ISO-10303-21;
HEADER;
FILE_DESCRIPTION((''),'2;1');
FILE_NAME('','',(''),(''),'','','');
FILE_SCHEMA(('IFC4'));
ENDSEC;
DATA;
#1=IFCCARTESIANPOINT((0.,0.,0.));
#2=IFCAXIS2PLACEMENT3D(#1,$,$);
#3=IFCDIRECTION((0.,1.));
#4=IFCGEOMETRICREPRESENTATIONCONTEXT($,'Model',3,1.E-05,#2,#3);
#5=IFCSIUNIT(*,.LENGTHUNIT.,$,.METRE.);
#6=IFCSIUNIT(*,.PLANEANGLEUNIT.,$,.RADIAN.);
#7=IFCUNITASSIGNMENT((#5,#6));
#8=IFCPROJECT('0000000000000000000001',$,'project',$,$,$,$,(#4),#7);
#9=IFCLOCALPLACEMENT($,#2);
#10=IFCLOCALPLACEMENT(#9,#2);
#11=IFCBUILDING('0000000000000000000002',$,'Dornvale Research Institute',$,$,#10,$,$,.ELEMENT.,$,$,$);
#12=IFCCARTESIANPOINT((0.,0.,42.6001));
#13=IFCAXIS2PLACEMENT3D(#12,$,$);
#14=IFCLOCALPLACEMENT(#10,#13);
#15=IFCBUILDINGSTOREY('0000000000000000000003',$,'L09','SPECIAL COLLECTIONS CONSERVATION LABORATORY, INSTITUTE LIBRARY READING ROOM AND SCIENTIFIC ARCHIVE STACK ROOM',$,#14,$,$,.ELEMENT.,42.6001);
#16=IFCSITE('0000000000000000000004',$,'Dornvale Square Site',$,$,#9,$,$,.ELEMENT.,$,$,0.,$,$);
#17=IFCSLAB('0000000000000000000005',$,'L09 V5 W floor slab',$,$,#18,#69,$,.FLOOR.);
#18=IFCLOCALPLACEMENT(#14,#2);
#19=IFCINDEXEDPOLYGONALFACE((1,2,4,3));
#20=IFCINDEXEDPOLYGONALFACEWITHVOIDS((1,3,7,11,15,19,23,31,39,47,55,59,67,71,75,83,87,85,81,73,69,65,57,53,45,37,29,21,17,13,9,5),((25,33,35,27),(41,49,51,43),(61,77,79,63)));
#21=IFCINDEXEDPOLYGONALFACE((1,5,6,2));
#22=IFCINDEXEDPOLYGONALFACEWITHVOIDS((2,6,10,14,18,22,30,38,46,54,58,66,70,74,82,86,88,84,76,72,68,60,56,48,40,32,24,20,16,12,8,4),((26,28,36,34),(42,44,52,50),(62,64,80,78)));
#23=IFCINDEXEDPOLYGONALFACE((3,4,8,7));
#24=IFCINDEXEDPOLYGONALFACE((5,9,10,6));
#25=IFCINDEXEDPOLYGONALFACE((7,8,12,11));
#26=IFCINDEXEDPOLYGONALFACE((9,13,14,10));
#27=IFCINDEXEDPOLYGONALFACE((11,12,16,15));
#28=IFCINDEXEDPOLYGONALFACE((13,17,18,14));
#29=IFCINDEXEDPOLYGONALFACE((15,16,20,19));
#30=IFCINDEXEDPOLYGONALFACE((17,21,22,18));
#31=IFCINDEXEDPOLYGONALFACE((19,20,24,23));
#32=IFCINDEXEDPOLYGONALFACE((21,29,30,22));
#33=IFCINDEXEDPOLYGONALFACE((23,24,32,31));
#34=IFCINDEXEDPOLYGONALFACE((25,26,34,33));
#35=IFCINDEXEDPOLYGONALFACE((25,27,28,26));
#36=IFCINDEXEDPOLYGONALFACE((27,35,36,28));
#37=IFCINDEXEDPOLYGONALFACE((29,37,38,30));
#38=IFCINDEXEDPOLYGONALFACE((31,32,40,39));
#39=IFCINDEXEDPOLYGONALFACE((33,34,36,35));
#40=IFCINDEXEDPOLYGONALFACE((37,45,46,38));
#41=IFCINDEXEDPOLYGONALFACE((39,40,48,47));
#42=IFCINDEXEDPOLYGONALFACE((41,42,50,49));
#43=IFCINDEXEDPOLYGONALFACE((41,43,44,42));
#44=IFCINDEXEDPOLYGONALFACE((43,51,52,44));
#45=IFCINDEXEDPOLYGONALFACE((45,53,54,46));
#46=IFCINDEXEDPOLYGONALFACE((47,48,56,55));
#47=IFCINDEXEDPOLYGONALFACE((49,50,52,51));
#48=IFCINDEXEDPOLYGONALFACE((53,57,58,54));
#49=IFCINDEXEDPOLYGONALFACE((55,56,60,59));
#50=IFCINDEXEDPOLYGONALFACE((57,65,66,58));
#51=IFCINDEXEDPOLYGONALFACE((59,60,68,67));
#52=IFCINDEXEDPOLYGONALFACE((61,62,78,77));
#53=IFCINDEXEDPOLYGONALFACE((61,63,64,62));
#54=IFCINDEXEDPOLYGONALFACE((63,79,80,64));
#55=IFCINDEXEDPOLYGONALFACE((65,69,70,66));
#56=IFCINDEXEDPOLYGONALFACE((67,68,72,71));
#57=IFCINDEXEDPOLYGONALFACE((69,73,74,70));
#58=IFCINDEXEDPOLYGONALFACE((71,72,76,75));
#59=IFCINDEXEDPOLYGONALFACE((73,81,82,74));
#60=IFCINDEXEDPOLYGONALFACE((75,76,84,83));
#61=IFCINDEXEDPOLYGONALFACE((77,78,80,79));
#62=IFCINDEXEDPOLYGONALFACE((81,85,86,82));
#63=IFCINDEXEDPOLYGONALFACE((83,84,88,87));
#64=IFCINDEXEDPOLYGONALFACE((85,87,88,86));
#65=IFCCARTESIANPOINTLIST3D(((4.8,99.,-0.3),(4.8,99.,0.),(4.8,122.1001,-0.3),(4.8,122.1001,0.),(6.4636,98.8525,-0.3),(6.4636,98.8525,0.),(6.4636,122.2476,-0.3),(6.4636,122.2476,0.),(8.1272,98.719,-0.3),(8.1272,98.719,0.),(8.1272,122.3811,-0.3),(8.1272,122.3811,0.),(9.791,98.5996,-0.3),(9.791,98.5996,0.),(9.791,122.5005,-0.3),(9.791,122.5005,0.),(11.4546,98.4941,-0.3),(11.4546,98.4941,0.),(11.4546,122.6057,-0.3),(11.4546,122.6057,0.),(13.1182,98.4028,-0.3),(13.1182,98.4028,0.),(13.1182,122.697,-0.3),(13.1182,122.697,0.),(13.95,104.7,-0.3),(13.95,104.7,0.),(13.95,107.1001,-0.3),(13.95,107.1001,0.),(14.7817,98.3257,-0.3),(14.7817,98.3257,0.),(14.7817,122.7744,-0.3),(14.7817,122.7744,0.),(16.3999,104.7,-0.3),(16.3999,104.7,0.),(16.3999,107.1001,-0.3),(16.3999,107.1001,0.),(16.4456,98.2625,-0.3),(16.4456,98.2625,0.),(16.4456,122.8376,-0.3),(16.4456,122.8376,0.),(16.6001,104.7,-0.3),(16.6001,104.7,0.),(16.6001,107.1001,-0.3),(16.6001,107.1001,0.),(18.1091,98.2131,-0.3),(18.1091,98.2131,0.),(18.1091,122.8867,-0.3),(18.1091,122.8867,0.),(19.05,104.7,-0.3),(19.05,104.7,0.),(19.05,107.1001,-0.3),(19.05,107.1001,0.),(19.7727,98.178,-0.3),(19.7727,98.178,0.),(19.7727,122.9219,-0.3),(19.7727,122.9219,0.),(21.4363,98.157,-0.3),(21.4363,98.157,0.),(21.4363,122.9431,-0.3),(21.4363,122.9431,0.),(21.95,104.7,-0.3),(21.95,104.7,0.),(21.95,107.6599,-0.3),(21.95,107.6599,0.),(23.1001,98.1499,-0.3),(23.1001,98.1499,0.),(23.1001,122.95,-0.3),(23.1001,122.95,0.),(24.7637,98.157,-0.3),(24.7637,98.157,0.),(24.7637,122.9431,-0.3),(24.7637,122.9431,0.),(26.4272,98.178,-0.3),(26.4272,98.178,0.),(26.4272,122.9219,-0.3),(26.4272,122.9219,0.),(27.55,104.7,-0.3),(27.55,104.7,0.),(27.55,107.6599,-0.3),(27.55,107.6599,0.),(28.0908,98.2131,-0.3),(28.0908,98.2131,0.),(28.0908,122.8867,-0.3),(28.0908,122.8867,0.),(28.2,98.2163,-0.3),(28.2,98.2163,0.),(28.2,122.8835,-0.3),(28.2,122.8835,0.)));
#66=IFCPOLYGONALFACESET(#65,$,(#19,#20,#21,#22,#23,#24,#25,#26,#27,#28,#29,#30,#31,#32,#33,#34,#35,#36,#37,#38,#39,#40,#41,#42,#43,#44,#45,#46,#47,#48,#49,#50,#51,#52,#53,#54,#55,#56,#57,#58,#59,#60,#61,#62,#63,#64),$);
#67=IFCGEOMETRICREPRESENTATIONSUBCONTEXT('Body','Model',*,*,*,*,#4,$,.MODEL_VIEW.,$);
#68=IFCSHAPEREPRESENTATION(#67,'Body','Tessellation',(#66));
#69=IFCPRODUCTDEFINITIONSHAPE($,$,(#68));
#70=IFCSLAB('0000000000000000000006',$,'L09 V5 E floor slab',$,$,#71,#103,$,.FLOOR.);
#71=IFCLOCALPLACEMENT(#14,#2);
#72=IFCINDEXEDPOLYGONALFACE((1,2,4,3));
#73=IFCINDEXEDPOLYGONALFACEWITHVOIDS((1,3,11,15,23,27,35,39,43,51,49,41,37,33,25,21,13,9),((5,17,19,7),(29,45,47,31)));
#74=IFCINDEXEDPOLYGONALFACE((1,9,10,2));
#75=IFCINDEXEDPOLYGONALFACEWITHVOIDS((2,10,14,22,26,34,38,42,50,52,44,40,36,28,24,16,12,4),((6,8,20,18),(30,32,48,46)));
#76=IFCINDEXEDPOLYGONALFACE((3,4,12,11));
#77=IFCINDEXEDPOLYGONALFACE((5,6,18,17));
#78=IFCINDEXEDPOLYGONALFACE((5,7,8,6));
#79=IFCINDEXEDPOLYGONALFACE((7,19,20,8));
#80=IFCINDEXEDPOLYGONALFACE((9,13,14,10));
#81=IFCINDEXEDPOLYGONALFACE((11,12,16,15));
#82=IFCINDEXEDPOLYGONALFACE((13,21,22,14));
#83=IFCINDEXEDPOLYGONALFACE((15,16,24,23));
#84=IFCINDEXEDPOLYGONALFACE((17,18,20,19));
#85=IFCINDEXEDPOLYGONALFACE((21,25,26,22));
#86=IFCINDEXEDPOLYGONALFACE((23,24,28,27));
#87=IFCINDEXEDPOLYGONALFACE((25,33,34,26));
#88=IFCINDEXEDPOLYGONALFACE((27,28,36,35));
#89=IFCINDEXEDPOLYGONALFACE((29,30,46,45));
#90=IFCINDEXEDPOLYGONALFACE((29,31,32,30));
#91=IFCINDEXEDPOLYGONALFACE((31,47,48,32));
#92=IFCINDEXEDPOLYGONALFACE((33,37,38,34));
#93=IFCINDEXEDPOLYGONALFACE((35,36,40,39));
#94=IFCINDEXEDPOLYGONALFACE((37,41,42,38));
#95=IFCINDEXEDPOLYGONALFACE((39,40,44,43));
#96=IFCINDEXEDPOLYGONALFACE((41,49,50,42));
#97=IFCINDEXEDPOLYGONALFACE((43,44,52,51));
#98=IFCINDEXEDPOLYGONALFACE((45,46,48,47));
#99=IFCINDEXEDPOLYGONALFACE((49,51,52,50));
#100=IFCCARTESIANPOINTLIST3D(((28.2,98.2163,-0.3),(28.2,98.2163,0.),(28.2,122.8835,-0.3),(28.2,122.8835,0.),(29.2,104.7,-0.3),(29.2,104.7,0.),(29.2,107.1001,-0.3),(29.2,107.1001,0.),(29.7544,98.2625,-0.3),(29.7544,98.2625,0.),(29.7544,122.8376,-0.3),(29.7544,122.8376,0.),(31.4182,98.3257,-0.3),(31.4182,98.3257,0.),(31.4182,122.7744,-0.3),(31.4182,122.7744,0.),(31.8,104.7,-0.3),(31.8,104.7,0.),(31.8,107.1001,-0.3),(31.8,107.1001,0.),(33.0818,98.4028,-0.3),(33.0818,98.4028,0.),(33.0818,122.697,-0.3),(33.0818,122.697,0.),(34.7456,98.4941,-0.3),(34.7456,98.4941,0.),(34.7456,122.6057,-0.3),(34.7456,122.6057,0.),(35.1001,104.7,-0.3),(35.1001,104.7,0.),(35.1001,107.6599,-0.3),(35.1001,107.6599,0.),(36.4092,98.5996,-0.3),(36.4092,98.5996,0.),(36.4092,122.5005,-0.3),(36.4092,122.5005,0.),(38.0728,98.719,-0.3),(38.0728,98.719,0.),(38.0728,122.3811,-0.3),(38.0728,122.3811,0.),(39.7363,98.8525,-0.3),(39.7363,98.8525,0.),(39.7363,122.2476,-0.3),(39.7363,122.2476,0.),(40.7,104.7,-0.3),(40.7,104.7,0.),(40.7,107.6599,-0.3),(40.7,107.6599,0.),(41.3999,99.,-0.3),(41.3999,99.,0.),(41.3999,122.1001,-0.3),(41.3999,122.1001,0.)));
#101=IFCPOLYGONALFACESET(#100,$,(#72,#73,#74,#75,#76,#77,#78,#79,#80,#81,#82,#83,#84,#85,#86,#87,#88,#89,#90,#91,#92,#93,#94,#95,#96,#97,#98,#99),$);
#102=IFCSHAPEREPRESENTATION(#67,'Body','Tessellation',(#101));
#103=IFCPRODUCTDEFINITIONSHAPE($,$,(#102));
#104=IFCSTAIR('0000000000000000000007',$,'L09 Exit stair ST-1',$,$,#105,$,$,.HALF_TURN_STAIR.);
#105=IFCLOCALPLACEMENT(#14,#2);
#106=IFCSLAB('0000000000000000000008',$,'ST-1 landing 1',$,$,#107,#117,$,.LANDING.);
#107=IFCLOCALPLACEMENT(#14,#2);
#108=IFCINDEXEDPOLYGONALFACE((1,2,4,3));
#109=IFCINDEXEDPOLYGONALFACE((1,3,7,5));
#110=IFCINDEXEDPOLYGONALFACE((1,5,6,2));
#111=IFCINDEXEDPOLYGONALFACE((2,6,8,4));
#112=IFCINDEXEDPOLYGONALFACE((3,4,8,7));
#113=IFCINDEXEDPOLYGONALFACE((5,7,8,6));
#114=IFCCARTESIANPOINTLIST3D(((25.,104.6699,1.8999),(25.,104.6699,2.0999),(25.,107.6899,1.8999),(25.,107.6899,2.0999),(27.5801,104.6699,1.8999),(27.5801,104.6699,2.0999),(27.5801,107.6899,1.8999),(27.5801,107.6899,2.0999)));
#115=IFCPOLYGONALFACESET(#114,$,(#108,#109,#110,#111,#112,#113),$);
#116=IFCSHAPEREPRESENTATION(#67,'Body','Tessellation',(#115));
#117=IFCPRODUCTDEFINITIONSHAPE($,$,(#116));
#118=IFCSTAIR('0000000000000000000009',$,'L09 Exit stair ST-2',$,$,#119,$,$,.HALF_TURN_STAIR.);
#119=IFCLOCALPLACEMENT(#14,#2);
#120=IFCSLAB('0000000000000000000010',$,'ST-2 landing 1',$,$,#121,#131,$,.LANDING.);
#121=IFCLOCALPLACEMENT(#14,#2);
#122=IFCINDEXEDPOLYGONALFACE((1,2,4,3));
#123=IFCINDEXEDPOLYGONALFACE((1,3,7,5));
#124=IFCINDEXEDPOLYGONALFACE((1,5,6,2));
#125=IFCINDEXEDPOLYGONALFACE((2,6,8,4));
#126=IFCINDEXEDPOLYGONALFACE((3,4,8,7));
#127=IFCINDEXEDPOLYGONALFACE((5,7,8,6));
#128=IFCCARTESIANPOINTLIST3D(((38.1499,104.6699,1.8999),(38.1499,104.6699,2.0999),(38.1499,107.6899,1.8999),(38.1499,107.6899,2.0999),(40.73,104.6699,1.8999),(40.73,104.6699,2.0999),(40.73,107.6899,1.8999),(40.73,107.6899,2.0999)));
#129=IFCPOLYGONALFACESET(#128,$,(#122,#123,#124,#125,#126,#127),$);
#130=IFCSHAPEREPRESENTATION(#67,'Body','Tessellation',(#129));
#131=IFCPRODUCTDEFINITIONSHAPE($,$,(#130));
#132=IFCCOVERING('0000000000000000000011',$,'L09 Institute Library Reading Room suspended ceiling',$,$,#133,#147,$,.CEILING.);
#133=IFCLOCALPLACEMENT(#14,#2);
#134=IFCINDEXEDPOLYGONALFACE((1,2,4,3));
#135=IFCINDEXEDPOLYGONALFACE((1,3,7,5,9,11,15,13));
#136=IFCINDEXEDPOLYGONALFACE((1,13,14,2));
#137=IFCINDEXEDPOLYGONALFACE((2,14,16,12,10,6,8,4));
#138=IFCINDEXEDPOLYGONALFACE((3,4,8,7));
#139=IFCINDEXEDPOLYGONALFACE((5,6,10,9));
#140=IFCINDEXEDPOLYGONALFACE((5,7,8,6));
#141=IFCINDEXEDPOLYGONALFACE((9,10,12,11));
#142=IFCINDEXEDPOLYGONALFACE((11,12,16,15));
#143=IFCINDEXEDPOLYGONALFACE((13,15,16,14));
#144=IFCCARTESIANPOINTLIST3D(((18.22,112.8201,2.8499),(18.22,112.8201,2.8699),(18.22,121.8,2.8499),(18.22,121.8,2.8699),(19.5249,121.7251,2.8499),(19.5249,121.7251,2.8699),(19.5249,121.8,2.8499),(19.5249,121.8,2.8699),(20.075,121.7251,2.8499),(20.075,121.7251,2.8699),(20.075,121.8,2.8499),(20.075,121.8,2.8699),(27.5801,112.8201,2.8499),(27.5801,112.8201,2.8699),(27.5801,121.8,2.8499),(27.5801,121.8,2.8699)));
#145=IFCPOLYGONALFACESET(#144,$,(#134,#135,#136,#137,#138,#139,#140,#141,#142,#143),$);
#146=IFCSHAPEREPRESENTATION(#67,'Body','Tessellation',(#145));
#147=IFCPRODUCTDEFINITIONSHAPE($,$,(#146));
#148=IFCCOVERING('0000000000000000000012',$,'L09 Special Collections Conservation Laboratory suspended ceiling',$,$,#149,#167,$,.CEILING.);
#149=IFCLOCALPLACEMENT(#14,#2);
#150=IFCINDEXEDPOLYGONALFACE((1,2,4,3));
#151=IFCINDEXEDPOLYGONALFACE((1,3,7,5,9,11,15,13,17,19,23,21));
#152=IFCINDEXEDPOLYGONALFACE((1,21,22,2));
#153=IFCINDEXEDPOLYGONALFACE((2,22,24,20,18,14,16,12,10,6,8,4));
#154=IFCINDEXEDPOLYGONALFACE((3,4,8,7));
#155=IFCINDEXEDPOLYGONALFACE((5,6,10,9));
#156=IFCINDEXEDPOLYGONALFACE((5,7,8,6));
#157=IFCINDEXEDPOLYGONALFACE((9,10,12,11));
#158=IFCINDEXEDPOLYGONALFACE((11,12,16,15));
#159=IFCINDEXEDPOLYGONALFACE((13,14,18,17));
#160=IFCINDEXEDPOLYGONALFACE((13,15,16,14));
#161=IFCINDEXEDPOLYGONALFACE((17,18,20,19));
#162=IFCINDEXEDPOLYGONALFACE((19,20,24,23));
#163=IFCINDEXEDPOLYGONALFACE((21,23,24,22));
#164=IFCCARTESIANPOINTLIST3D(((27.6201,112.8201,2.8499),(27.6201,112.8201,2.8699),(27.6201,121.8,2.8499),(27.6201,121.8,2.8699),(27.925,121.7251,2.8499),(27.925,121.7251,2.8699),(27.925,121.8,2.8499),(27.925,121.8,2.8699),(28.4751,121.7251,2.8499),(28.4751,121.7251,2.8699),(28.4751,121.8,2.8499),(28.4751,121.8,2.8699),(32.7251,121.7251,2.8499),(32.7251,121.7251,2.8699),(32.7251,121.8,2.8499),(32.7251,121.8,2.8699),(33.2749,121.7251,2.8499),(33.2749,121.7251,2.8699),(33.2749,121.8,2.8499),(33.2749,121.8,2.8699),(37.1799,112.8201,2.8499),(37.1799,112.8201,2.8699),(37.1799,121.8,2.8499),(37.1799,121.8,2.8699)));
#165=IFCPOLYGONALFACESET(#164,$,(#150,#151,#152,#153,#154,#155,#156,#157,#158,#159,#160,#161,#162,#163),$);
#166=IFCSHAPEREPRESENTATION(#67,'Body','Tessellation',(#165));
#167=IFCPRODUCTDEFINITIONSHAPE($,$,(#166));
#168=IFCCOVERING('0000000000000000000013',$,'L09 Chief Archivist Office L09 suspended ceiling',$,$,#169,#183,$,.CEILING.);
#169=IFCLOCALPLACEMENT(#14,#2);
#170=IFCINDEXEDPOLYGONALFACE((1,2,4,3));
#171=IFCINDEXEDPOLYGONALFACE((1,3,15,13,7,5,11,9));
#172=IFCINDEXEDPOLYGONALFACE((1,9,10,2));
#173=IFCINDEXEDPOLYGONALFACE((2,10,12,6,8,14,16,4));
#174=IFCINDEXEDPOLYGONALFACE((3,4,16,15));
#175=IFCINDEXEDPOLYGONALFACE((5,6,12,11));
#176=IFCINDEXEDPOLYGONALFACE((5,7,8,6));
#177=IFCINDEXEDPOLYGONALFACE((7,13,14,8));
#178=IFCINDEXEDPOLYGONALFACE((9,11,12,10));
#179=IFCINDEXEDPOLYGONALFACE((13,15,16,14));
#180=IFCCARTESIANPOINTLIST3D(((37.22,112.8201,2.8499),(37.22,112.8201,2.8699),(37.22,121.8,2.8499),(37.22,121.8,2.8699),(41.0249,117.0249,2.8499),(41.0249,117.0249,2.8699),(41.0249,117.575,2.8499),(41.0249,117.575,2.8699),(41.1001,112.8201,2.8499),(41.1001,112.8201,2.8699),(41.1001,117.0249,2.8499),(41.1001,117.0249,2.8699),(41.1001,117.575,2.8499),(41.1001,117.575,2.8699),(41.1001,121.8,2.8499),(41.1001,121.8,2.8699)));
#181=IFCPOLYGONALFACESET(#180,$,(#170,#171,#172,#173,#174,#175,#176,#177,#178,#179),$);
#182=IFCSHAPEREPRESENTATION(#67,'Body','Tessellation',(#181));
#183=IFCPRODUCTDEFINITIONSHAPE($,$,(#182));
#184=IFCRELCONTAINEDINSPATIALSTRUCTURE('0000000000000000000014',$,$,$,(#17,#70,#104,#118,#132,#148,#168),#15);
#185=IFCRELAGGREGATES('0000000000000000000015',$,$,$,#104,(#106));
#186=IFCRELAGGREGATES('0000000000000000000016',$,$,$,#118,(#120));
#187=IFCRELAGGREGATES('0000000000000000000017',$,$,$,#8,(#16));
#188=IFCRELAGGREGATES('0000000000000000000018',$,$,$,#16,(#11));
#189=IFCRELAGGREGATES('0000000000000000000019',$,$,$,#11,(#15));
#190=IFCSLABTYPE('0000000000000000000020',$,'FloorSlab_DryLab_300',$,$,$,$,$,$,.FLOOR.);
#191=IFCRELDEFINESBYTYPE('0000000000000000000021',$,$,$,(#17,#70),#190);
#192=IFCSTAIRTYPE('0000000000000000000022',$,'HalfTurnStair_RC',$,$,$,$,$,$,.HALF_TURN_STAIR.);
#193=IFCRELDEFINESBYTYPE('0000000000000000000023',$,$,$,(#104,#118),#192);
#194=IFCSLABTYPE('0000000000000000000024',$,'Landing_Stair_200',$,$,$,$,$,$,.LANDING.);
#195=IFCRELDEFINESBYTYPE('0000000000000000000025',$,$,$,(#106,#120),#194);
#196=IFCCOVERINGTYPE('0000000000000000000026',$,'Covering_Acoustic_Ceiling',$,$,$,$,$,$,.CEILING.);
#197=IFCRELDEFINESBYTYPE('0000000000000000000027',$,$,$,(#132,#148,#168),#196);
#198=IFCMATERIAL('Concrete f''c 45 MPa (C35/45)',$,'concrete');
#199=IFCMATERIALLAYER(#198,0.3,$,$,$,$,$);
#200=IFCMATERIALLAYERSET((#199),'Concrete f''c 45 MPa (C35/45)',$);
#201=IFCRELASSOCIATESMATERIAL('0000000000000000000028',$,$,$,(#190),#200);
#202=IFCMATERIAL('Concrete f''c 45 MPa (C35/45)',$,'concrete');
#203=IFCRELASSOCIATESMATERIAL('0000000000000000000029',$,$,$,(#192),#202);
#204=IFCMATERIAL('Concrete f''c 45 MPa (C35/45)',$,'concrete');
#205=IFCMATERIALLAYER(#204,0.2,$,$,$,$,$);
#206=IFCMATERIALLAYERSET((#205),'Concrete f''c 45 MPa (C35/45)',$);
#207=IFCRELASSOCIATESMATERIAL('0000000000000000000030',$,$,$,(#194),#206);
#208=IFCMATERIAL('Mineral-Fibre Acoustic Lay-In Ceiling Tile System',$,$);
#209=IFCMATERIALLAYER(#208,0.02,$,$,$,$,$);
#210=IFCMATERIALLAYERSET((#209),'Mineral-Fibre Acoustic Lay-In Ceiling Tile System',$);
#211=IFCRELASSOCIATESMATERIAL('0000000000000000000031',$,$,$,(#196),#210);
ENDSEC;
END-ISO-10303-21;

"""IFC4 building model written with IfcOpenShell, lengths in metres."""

from ifc_helpers import new_model, si_unit, direction, frame, origin, place, context, subcontext, project, spatial, polyline, outline, extrude, material, layer, layer_set, type_object, element, aggregate, save


model = new_model("IFC4")

# Units and contexts
model_context = context("Model", 3, precision=1e-05, world=origin(), true_north=direction((0.0, 1.0)))
body_context = subcontext(model_context, "Body", "Model", "MODEL_VIEW")
ifc_project = project(units=[si_unit("LENGTHUNIT", "METRE"), si_unit("PLANEANGLEUNIT", "RADIAN")], contexts=[model_context])

# Site, building, storey
site_placement = place(None, origin())
site = spatial("IfcSite", under=ifc_project, at=site_placement, Name="Dornvale Square Site", CompositionType="ELEMENT", RefElevation=0.0)
building_placement = place(site_placement, origin())
building = spatial("IfcBuilding", under=site, at=building_placement, Name="Dornvale Research Institute", CompositionType="ELEMENT")
storey_placement = place(building_placement, frame((0.0, 0.0, 42.6001)))
storey = spatial("IfcBuildingStorey", under=building, at=storey_placement, Name="L09", Description="SPECIAL COLLECTIONS CONSERVATION LABORATORY, INSTITUTE LIBRARY READING ROOM AND SCIENTIFIC ARCHIVE STACK ROOM", CompositionType="ELEMENT", Elevation=42.6001)

# Slabs
ifc_material_1 = material(Name="Concrete f'c 45 MPa (C35/45)", Category="concrete")
ifc_layer_1 = layer(ifc_material_1, 0.3)
ifc_layer_set_1 = layer_set([ifc_layer_1], Name="Concrete f'c 45 MPa (C35/45)")
slab_type_1 = type_object("IfcSlabType", Name="FloorSlab_DryLab_300", PredefinedType="FLOOR", material=ifc_layer_set_1)
slab_1_placement = place(storey_placement, frame((0.0, 0.0, -0.3)))
element("IfcSlab", 1, at=slab_1_placement, inside=storey, type_object=slab_type_1, Name="L09 V5 W floor slab", PredefinedType="FLOOR", context=body_context, shape_type="SweptSolid", body=[
    extrude(outline(polyline([(28.0908, 98.2131), (26.4272, 98.178), (24.7637, 98.157), (23.1001, 98.1499), (21.4363, 98.157), (19.7727, 98.178), (18.1091, 98.2131), (16.4456, 98.2625), (14.7817, 98.3257), (13.1182, 98.4028), (11.4546, 98.4941), (9.791, 98.5996), (8.1272, 98.719), (6.4636, 98.8525), (4.8, 99.0), (4.8, 122.1001), (6.4636, 122.2476), (8.1272, 122.3811), (9.791, 122.5005), (11.4546, 122.6057), (13.1182, 122.697), (14.7817, 122.7744), (16.4456, 122.8376), (18.1091, 122.8867), (19.7727, 122.9219), (21.4363, 122.9431), (23.1001, 122.95), (24.7637, 122.9431), (26.4272, 122.9219), (28.0908, 122.8867), (28.2, 122.8835), (28.2, 98.2163), (28.0908, 98.2131)]), holes=[polyline([(21.95, 104.7), (27.55, 104.7), (27.55, 107.6599), (21.95, 107.6599), (21.95, 104.7)]), polyline([(13.95, 104.7), (16.3999, 104.7), (16.3999, 107.1001), (13.95, 107.1001), (13.95, 104.7)]), polyline([(16.6001, 104.7), (19.05, 104.7), (19.05, 107.1001), (16.6001, 107.1001), (16.6001, 104.7)])]), origin(), (0.0, 0.0, 1.0), 0.3),
])
slab_2_placement = place(storey_placement, frame((0.0, 0.0, -0.3)))
element("IfcSlab", 2, at=slab_2_placement, inside=storey, type_object=slab_type_1, Name="L09 V5 E floor slab", PredefinedType="FLOOR", context=body_context, shape_type="SweptSolid", body=[
    extrude(outline(polyline([(29.7544, 122.8376), (31.4182, 122.7744), (33.0818, 122.697), (34.7456, 122.6057), (36.4092, 122.5005), (38.0728, 122.3811), (39.7363, 122.2476), (41.3999, 122.1001), (41.3999, 99.0), (39.7363, 98.8525), (38.0728, 98.719), (36.4092, 98.5996), (34.7456, 98.4941), (33.0818, 98.4028), (31.4182, 98.3257), (29.7544, 98.2625), (28.2, 98.2163), (28.2, 122.8835), (29.7544, 122.8376)]), holes=[polyline([(35.1001, 104.7), (40.7, 104.7), (40.7, 107.6599), (35.1001, 107.6599), (35.1001, 104.7)]), polyline([(29.2, 104.7), (31.8, 104.7), (31.8, 107.1001), (29.2, 107.1001), (29.2, 104.7)])]), origin(), (0.0, 0.0, 1.0), 0.3),
])

# Stairs, slabs
ifc_material_2 = material(Name="Concrete f'c 45 MPa (C35/45)", Category="concrete")
stair_type = type_object("IfcStairType", Name="HalfTurnStair_RC", PredefinedType="HALF_TURN_STAIR", material=ifc_material_2)
stair_1_placement = place(storey_placement, origin())
stair_1 = element("IfcStair", 3, at=stair_1_placement, inside=storey, type_object=stair_type, Name="L09 Exit stair ST-1", PredefinedType="HALF_TURN_STAIR")
ifc_material_3 = material(Name="Concrete f'c 45 MPa (C35/45)", Category="concrete")
ifc_layer_2 = layer(ifc_material_3, 0.2)
ifc_layer_set_2 = layer_set([ifc_layer_2], Name="Concrete f'c 45 MPa (C35/45)")
slab_type_2 = type_object("IfcSlabType", Name="Landing_Stair_200", PredefinedType="LANDING", material=ifc_layer_set_2)
slab_3_placement = place(storey_placement, frame((0.0, 0.0, 1.8999)))
slab_3 = element("IfcSlab", 4, at=slab_3_placement, type_object=slab_type_2, Name="ST-1 landing 1", PredefinedType="LANDING", context=body_context, shape_type="SweptSolid", body=[
    extrude(outline(polyline([(25.0, 104.6699), (25.0, 107.6899), (27.5801, 107.6899), (27.5801, 104.6699), (25.0, 104.6699)])), origin(), (0.0, 0.0, 1.0), 0.2),
])
aggregate(stair_1, [slab_3])
stair_2_placement = place(storey_placement, origin())
stair_2 = element("IfcStair", 5, at=stair_2_placement, inside=storey, type_object=stair_type, Name="L09 Exit stair ST-2", PredefinedType="HALF_TURN_STAIR")
slab_4_placement = place(storey_placement, frame((0.0, 0.0, 1.8999)))
slab_4 = element("IfcSlab", 6, at=slab_4_placement, type_object=slab_type_2, Name="ST-2 landing 1", PredefinedType="LANDING", context=body_context, shape_type="SweptSolid", body=[
    extrude(outline(polyline([(38.1499, 104.6699), (38.1499, 107.6899), (40.73, 107.6899), (40.73, 104.6699), (38.1499, 104.6699)])), origin(), (0.0, 0.0, 1.0), 0.2),
])
aggregate(stair_2, [slab_4])

# Coverings
ifc_material_4 = material(Name="Mineral-Fibre Acoustic Lay-In Ceiling Tile System")
ifc_layer_3 = layer(ifc_material_4, 0.02)
ifc_layer_set_3 = layer_set([ifc_layer_3], Name="Mineral-Fibre Acoustic Lay-In Ceiling Tile System")
covering_type_1 = type_object("IfcCoveringType", Name="Covering_Acoustic_Ceiling", PredefinedType="CEILING", material=ifc_layer_set_3)
covering_1_placement = place(storey_placement, frame((0.0, 0.0, 2.8499)))
element("IfcCovering", 7, at=covering_1_placement, inside=storey, type_object=covering_type_1, Name="L09 Institute Library Reading Room suspended ceiling", PredefinedType="CEILING", context=body_context, shape_type="SweptSolid", body=[
    extrude(outline(polyline([(27.5801, 112.8201), (18.22, 112.8201), (18.22, 121.8), (19.5249, 121.8), (19.5249, 121.7251), (20.075, 121.7251), (20.075, 121.8), (27.5801, 121.8), (27.5801, 112.8201)])), origin(), (0.0, 0.0, 1.0), 0.02),
])
covering_2_placement = place(storey_placement, frame((0.0, 0.0, 2.8499)))
element("IfcCovering", 8, at=covering_2_placement, inside=storey, type_object=covering_type_1, Name="L09 Special Collections Conservation Laboratory suspended ceiling", PredefinedType="CEILING", context=body_context, shape_type="SweptSolid", body=[
    extrude(outline(polyline([(37.1799, 112.8201), (27.6201, 112.8201), (27.6201, 121.8), (27.925, 121.8), (27.925, 121.7251), (28.4751, 121.7251), (28.4751, 121.8), (32.7251, 121.8), (32.7251, 121.7251), (33.2749, 121.7251), (33.2749, 121.8), (37.1799, 121.8), (37.1799, 112.8201)])), origin(), (0.0, 0.0, 1.0), 0.02),
])
covering_3_placement = place(storey_placement, frame((0.0, 0.0, 2.8499)))
element("IfcCovering", 9, at=covering_3_placement, inside=storey, type_object=covering_type_1, Name="L09 Chief Archivist Office L09 suspended ceiling", PredefinedType="CEILING", context=body_context, shape_type="SweptSolid", body=[
    extrude(outline(polyline([(41.1001, 117.575), (41.0249, 117.575), (41.0249, 117.0249), (41.1001, 117.0249), (41.1001, 112.8201), (37.22, 112.8201), (37.22, 121.8), (41.1001, 121.8), (41.1001, 117.575)])), origin(), (0.0, 0.0, 1.0), 0.02),
])

save(model, "model.ifc")
